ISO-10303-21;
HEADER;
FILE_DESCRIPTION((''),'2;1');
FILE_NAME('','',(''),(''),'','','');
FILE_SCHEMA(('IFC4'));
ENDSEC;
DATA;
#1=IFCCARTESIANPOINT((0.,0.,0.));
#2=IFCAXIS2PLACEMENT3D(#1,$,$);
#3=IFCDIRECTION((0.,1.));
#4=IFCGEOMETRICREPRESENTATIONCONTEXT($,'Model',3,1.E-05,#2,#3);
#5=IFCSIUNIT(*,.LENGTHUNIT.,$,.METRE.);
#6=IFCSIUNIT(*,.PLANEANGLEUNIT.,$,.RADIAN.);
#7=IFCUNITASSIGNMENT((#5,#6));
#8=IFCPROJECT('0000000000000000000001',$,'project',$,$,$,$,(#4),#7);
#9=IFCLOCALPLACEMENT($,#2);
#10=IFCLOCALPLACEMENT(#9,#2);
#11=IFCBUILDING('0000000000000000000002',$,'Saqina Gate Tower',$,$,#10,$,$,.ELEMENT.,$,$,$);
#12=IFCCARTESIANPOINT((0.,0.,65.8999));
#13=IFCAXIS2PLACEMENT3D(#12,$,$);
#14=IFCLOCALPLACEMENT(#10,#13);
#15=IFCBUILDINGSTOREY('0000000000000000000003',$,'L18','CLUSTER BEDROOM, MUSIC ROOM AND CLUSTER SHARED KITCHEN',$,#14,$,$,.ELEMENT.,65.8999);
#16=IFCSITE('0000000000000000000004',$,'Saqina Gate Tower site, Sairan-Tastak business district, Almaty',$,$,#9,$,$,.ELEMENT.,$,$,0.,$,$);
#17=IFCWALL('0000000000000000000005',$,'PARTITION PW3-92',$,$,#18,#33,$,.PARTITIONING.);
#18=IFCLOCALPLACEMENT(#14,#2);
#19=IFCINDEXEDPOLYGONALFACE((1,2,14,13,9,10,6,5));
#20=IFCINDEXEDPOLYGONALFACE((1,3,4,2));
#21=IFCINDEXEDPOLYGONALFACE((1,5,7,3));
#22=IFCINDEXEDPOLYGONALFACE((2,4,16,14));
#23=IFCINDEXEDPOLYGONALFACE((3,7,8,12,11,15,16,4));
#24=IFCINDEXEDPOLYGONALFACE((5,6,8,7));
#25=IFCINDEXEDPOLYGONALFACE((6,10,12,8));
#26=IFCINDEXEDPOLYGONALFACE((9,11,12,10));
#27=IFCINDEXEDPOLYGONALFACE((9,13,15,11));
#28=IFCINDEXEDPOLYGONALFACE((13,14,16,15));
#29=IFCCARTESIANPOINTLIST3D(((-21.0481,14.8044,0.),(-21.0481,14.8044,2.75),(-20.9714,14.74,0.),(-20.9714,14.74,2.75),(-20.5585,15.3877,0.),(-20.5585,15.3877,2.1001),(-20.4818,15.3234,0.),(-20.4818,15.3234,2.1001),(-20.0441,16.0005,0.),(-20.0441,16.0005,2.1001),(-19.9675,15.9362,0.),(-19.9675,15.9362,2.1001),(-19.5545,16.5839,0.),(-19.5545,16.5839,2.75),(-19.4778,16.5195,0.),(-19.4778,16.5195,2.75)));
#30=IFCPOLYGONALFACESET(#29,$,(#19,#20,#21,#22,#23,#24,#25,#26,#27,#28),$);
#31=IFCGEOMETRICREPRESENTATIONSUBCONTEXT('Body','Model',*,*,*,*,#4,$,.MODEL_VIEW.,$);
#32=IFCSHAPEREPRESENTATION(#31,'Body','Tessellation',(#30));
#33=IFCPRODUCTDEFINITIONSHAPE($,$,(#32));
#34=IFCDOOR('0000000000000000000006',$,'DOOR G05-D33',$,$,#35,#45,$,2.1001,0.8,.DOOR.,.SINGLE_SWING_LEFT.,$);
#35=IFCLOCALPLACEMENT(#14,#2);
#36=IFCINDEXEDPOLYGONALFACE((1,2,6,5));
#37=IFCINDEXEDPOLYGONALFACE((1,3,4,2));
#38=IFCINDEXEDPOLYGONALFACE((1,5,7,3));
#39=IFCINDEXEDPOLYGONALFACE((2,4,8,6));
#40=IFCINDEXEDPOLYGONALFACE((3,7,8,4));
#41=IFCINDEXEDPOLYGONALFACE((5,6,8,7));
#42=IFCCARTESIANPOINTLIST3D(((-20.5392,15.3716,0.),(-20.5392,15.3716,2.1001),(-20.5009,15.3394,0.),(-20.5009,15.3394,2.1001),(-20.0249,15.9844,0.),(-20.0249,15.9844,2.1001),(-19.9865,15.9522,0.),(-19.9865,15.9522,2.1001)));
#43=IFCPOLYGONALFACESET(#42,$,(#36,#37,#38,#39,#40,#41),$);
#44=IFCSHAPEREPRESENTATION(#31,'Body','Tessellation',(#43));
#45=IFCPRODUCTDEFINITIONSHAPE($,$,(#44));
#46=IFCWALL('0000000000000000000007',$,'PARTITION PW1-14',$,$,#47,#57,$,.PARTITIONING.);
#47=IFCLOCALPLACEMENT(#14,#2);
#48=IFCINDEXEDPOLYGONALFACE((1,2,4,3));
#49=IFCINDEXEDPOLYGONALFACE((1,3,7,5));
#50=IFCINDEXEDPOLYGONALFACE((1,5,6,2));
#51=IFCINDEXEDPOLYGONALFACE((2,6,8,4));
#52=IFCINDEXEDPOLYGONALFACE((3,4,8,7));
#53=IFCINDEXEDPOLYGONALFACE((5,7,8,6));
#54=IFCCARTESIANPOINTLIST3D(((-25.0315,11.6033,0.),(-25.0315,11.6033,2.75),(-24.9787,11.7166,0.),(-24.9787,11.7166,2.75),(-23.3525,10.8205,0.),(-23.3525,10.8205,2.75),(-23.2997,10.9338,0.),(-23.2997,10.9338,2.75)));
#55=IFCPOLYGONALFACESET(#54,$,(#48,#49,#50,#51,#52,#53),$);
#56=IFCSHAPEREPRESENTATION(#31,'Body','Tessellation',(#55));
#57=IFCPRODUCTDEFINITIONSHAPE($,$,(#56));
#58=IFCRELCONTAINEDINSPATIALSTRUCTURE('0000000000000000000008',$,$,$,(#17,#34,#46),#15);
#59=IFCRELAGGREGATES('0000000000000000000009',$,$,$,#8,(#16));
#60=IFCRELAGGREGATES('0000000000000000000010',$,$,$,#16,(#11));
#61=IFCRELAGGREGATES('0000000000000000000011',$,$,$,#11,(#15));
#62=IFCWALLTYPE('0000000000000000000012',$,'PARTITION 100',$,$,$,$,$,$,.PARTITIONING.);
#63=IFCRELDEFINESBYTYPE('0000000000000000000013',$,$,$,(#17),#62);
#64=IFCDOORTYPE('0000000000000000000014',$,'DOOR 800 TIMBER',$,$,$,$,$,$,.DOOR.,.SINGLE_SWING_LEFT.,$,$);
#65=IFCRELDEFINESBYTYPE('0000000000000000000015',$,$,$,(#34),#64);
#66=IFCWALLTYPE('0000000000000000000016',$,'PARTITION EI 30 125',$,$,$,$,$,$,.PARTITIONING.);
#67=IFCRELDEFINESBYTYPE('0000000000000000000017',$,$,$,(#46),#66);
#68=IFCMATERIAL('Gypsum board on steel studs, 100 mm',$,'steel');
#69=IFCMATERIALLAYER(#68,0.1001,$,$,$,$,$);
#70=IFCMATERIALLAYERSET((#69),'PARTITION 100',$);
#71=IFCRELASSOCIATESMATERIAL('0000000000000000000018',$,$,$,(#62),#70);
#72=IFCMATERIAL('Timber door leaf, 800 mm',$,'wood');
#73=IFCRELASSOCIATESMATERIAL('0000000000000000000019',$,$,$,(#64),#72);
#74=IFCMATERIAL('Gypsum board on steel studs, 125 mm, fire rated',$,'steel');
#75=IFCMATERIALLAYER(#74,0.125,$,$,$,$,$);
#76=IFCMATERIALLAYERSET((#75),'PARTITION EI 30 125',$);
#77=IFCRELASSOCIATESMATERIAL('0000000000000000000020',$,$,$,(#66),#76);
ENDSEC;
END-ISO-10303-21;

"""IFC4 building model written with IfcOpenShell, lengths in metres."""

from ifc_helpers import new_model, si_unit, direction, frame, frame_2d, origin, place, context, subcontext, project, spatial, rectangle, extrude, material, layer, layer_set, type_object, element, fill, save


model = new_model("IFC4")

# Units and contexts
model_context = context("Model", 3, precision=1e-05, world=origin(), true_north=direction((0.0, 1.0)))
body_context = subcontext(model_context, "Body", "Model", "MODEL_VIEW")
ifc_project = project(units=[si_unit("LENGTHUNIT", "METRE"), si_unit("PLANEANGLEUNIT", "RADIAN")], contexts=[model_context])

# Site, building, storey
site_placement = place(None, origin())
site = spatial("IfcSite", under=ifc_project, at=site_placement, Name="Saqina Gate Tower site, Sairan-Tastak business district, Almaty", CompositionType="ELEMENT", RefElevation=0.0)
building_placement = place(site_placement, origin())
building = spatial("IfcBuilding", under=site, at=building_placement, Name="Saqina Gate Tower", CompositionType="ELEMENT")
storey_placement = place(building_placement, frame((0.0, 0.0, 65.8999)))
storey = spatial("IfcBuildingStorey", under=building, at=storey_placement, Name="L18", Description="CLUSTER BEDROOM, MUSIC ROOM AND CLUSTER SHARED KITCHEN", CompositionType="ELEMENT", Elevation=65.8999)

# Shared definitions
ifc_material_1 = material(Name="Gypsum board on steel studs, 100 mm", Category="steel")
ifc_layer_1 = layer(ifc_material_1, 0.1001)
ifc_layer_set_1 = layer_set([ifc_layer_1], Name="PARTITION 100")
wall_type_1 = type_object("IfcWallType", Name="PARTITION 100", PredefinedType="PARTITIONING", material=ifc_layer_set_1)

# Wall, opening, door
wall_1_placement = place(storey_placement, frame((-21.0098, 14.7722, 0.0), z_axis=(0.0, 0.0, 1.0), x_axis=(0.642899, 0.765951, 0.0)))
wall_1 = element("IfcWall", 1, at=wall_1_placement, inside=storey, type_object=wall_type_1, Name="PARTITION PW3-92", PredefinedType="PARTITIONING", context=body_context, shape_type="SweptSolid", body=[
    extrude(rectangle(XDim=2.3232, YDim=0.1001, at=frame_2d((1.1616, 0.0))), origin(), (0.0, 0.0, 1.0), 2.75),
])
opening_1_placement = place(wall_1_placement, frame((0.7617, 0.0, 0.0)))
opening_1 = element("IfcOpeningElement", 2, at=opening_1_placement, cuts=wall_1, PredefinedType="OPENING", context=body_context, shape_type="SweptSolid", body=[
    extrude(rectangle(XDim=0.8, YDim=2.1001, at=frame_2d((0.3999, 1.05))), frame((0.0, 0.062, 0.0), z_axis=(0.0, -1.0, 0.0), x_axis=(1.0, 0.0, 0.0)), (0.0, 0.0, 1.0), 0.124),
])
ifc_material_2 = material(Name="Timber door leaf, 800 mm", Category="wood")
door_type = type_object("IfcDoorType", Name="DOOR 800 TIMBER", OperationType="SINGLE_SWING_LEFT", PredefinedType="DOOR", material=ifc_material_2)
door_placement = place(opening_1_placement, origin())
door = element("IfcDoor", 3, at=door_placement, inside=storey, type_object=door_type, Name="DOOR G05-D33", OperationType="SINGLE_SWING_LEFT", OverallHeight=2.1001, OverallWidth=0.8, PredefinedType="DOOR", context=body_context, shape_type="SweptSolid", body=[
    extrude(rectangle(XDim=0.8, YDim=2.1001, at=frame_2d((0.3999, 1.05))), frame((0.0, 0.0249, 0.0), z_axis=(0.0, -1.0, 0.0), x_axis=(1.0, 0.0, 0.0)), (0.0, 0.0, 1.0), 0.05),
])
fill(opening_1, door)

# Wall
ifc_material_3 = material(Name="Gypsum board on steel studs, 125 mm, fire rated", Category="steel")
ifc_layer_2 = layer(ifc_material_3, 0.125)
ifc_layer_set_2 = layer_set([ifc_layer_2], Name="PARTITION EI 30 125")
wall_type_2 = type_object("IfcWallType", Name="PARTITION EI 30 125", PredefinedType="PARTITIONING", material=ifc_layer_set_2)
wall_2_placement = place(storey_placement, frame((-25.0051, 11.6599, 0.0), z_axis=(0.0, 0.0, 1.0), x_axis=(0.906348, -0.422532, 0.0)))
element("IfcWall", 4, at=wall_2_placement, inside=storey, type_object=wall_type_2, Name="PARTITION PW1-14", PredefinedType="PARTITIONING", context=body_context, shape_type="SweptSolid", body=[
    extrude(rectangle(XDim=1.8525, YDim=0.125, at=frame_2d((0.9263, 0.0))), origin(), (0.0, 0.0, 1.0), 2.75),
])

save(model, "model.ifc")
